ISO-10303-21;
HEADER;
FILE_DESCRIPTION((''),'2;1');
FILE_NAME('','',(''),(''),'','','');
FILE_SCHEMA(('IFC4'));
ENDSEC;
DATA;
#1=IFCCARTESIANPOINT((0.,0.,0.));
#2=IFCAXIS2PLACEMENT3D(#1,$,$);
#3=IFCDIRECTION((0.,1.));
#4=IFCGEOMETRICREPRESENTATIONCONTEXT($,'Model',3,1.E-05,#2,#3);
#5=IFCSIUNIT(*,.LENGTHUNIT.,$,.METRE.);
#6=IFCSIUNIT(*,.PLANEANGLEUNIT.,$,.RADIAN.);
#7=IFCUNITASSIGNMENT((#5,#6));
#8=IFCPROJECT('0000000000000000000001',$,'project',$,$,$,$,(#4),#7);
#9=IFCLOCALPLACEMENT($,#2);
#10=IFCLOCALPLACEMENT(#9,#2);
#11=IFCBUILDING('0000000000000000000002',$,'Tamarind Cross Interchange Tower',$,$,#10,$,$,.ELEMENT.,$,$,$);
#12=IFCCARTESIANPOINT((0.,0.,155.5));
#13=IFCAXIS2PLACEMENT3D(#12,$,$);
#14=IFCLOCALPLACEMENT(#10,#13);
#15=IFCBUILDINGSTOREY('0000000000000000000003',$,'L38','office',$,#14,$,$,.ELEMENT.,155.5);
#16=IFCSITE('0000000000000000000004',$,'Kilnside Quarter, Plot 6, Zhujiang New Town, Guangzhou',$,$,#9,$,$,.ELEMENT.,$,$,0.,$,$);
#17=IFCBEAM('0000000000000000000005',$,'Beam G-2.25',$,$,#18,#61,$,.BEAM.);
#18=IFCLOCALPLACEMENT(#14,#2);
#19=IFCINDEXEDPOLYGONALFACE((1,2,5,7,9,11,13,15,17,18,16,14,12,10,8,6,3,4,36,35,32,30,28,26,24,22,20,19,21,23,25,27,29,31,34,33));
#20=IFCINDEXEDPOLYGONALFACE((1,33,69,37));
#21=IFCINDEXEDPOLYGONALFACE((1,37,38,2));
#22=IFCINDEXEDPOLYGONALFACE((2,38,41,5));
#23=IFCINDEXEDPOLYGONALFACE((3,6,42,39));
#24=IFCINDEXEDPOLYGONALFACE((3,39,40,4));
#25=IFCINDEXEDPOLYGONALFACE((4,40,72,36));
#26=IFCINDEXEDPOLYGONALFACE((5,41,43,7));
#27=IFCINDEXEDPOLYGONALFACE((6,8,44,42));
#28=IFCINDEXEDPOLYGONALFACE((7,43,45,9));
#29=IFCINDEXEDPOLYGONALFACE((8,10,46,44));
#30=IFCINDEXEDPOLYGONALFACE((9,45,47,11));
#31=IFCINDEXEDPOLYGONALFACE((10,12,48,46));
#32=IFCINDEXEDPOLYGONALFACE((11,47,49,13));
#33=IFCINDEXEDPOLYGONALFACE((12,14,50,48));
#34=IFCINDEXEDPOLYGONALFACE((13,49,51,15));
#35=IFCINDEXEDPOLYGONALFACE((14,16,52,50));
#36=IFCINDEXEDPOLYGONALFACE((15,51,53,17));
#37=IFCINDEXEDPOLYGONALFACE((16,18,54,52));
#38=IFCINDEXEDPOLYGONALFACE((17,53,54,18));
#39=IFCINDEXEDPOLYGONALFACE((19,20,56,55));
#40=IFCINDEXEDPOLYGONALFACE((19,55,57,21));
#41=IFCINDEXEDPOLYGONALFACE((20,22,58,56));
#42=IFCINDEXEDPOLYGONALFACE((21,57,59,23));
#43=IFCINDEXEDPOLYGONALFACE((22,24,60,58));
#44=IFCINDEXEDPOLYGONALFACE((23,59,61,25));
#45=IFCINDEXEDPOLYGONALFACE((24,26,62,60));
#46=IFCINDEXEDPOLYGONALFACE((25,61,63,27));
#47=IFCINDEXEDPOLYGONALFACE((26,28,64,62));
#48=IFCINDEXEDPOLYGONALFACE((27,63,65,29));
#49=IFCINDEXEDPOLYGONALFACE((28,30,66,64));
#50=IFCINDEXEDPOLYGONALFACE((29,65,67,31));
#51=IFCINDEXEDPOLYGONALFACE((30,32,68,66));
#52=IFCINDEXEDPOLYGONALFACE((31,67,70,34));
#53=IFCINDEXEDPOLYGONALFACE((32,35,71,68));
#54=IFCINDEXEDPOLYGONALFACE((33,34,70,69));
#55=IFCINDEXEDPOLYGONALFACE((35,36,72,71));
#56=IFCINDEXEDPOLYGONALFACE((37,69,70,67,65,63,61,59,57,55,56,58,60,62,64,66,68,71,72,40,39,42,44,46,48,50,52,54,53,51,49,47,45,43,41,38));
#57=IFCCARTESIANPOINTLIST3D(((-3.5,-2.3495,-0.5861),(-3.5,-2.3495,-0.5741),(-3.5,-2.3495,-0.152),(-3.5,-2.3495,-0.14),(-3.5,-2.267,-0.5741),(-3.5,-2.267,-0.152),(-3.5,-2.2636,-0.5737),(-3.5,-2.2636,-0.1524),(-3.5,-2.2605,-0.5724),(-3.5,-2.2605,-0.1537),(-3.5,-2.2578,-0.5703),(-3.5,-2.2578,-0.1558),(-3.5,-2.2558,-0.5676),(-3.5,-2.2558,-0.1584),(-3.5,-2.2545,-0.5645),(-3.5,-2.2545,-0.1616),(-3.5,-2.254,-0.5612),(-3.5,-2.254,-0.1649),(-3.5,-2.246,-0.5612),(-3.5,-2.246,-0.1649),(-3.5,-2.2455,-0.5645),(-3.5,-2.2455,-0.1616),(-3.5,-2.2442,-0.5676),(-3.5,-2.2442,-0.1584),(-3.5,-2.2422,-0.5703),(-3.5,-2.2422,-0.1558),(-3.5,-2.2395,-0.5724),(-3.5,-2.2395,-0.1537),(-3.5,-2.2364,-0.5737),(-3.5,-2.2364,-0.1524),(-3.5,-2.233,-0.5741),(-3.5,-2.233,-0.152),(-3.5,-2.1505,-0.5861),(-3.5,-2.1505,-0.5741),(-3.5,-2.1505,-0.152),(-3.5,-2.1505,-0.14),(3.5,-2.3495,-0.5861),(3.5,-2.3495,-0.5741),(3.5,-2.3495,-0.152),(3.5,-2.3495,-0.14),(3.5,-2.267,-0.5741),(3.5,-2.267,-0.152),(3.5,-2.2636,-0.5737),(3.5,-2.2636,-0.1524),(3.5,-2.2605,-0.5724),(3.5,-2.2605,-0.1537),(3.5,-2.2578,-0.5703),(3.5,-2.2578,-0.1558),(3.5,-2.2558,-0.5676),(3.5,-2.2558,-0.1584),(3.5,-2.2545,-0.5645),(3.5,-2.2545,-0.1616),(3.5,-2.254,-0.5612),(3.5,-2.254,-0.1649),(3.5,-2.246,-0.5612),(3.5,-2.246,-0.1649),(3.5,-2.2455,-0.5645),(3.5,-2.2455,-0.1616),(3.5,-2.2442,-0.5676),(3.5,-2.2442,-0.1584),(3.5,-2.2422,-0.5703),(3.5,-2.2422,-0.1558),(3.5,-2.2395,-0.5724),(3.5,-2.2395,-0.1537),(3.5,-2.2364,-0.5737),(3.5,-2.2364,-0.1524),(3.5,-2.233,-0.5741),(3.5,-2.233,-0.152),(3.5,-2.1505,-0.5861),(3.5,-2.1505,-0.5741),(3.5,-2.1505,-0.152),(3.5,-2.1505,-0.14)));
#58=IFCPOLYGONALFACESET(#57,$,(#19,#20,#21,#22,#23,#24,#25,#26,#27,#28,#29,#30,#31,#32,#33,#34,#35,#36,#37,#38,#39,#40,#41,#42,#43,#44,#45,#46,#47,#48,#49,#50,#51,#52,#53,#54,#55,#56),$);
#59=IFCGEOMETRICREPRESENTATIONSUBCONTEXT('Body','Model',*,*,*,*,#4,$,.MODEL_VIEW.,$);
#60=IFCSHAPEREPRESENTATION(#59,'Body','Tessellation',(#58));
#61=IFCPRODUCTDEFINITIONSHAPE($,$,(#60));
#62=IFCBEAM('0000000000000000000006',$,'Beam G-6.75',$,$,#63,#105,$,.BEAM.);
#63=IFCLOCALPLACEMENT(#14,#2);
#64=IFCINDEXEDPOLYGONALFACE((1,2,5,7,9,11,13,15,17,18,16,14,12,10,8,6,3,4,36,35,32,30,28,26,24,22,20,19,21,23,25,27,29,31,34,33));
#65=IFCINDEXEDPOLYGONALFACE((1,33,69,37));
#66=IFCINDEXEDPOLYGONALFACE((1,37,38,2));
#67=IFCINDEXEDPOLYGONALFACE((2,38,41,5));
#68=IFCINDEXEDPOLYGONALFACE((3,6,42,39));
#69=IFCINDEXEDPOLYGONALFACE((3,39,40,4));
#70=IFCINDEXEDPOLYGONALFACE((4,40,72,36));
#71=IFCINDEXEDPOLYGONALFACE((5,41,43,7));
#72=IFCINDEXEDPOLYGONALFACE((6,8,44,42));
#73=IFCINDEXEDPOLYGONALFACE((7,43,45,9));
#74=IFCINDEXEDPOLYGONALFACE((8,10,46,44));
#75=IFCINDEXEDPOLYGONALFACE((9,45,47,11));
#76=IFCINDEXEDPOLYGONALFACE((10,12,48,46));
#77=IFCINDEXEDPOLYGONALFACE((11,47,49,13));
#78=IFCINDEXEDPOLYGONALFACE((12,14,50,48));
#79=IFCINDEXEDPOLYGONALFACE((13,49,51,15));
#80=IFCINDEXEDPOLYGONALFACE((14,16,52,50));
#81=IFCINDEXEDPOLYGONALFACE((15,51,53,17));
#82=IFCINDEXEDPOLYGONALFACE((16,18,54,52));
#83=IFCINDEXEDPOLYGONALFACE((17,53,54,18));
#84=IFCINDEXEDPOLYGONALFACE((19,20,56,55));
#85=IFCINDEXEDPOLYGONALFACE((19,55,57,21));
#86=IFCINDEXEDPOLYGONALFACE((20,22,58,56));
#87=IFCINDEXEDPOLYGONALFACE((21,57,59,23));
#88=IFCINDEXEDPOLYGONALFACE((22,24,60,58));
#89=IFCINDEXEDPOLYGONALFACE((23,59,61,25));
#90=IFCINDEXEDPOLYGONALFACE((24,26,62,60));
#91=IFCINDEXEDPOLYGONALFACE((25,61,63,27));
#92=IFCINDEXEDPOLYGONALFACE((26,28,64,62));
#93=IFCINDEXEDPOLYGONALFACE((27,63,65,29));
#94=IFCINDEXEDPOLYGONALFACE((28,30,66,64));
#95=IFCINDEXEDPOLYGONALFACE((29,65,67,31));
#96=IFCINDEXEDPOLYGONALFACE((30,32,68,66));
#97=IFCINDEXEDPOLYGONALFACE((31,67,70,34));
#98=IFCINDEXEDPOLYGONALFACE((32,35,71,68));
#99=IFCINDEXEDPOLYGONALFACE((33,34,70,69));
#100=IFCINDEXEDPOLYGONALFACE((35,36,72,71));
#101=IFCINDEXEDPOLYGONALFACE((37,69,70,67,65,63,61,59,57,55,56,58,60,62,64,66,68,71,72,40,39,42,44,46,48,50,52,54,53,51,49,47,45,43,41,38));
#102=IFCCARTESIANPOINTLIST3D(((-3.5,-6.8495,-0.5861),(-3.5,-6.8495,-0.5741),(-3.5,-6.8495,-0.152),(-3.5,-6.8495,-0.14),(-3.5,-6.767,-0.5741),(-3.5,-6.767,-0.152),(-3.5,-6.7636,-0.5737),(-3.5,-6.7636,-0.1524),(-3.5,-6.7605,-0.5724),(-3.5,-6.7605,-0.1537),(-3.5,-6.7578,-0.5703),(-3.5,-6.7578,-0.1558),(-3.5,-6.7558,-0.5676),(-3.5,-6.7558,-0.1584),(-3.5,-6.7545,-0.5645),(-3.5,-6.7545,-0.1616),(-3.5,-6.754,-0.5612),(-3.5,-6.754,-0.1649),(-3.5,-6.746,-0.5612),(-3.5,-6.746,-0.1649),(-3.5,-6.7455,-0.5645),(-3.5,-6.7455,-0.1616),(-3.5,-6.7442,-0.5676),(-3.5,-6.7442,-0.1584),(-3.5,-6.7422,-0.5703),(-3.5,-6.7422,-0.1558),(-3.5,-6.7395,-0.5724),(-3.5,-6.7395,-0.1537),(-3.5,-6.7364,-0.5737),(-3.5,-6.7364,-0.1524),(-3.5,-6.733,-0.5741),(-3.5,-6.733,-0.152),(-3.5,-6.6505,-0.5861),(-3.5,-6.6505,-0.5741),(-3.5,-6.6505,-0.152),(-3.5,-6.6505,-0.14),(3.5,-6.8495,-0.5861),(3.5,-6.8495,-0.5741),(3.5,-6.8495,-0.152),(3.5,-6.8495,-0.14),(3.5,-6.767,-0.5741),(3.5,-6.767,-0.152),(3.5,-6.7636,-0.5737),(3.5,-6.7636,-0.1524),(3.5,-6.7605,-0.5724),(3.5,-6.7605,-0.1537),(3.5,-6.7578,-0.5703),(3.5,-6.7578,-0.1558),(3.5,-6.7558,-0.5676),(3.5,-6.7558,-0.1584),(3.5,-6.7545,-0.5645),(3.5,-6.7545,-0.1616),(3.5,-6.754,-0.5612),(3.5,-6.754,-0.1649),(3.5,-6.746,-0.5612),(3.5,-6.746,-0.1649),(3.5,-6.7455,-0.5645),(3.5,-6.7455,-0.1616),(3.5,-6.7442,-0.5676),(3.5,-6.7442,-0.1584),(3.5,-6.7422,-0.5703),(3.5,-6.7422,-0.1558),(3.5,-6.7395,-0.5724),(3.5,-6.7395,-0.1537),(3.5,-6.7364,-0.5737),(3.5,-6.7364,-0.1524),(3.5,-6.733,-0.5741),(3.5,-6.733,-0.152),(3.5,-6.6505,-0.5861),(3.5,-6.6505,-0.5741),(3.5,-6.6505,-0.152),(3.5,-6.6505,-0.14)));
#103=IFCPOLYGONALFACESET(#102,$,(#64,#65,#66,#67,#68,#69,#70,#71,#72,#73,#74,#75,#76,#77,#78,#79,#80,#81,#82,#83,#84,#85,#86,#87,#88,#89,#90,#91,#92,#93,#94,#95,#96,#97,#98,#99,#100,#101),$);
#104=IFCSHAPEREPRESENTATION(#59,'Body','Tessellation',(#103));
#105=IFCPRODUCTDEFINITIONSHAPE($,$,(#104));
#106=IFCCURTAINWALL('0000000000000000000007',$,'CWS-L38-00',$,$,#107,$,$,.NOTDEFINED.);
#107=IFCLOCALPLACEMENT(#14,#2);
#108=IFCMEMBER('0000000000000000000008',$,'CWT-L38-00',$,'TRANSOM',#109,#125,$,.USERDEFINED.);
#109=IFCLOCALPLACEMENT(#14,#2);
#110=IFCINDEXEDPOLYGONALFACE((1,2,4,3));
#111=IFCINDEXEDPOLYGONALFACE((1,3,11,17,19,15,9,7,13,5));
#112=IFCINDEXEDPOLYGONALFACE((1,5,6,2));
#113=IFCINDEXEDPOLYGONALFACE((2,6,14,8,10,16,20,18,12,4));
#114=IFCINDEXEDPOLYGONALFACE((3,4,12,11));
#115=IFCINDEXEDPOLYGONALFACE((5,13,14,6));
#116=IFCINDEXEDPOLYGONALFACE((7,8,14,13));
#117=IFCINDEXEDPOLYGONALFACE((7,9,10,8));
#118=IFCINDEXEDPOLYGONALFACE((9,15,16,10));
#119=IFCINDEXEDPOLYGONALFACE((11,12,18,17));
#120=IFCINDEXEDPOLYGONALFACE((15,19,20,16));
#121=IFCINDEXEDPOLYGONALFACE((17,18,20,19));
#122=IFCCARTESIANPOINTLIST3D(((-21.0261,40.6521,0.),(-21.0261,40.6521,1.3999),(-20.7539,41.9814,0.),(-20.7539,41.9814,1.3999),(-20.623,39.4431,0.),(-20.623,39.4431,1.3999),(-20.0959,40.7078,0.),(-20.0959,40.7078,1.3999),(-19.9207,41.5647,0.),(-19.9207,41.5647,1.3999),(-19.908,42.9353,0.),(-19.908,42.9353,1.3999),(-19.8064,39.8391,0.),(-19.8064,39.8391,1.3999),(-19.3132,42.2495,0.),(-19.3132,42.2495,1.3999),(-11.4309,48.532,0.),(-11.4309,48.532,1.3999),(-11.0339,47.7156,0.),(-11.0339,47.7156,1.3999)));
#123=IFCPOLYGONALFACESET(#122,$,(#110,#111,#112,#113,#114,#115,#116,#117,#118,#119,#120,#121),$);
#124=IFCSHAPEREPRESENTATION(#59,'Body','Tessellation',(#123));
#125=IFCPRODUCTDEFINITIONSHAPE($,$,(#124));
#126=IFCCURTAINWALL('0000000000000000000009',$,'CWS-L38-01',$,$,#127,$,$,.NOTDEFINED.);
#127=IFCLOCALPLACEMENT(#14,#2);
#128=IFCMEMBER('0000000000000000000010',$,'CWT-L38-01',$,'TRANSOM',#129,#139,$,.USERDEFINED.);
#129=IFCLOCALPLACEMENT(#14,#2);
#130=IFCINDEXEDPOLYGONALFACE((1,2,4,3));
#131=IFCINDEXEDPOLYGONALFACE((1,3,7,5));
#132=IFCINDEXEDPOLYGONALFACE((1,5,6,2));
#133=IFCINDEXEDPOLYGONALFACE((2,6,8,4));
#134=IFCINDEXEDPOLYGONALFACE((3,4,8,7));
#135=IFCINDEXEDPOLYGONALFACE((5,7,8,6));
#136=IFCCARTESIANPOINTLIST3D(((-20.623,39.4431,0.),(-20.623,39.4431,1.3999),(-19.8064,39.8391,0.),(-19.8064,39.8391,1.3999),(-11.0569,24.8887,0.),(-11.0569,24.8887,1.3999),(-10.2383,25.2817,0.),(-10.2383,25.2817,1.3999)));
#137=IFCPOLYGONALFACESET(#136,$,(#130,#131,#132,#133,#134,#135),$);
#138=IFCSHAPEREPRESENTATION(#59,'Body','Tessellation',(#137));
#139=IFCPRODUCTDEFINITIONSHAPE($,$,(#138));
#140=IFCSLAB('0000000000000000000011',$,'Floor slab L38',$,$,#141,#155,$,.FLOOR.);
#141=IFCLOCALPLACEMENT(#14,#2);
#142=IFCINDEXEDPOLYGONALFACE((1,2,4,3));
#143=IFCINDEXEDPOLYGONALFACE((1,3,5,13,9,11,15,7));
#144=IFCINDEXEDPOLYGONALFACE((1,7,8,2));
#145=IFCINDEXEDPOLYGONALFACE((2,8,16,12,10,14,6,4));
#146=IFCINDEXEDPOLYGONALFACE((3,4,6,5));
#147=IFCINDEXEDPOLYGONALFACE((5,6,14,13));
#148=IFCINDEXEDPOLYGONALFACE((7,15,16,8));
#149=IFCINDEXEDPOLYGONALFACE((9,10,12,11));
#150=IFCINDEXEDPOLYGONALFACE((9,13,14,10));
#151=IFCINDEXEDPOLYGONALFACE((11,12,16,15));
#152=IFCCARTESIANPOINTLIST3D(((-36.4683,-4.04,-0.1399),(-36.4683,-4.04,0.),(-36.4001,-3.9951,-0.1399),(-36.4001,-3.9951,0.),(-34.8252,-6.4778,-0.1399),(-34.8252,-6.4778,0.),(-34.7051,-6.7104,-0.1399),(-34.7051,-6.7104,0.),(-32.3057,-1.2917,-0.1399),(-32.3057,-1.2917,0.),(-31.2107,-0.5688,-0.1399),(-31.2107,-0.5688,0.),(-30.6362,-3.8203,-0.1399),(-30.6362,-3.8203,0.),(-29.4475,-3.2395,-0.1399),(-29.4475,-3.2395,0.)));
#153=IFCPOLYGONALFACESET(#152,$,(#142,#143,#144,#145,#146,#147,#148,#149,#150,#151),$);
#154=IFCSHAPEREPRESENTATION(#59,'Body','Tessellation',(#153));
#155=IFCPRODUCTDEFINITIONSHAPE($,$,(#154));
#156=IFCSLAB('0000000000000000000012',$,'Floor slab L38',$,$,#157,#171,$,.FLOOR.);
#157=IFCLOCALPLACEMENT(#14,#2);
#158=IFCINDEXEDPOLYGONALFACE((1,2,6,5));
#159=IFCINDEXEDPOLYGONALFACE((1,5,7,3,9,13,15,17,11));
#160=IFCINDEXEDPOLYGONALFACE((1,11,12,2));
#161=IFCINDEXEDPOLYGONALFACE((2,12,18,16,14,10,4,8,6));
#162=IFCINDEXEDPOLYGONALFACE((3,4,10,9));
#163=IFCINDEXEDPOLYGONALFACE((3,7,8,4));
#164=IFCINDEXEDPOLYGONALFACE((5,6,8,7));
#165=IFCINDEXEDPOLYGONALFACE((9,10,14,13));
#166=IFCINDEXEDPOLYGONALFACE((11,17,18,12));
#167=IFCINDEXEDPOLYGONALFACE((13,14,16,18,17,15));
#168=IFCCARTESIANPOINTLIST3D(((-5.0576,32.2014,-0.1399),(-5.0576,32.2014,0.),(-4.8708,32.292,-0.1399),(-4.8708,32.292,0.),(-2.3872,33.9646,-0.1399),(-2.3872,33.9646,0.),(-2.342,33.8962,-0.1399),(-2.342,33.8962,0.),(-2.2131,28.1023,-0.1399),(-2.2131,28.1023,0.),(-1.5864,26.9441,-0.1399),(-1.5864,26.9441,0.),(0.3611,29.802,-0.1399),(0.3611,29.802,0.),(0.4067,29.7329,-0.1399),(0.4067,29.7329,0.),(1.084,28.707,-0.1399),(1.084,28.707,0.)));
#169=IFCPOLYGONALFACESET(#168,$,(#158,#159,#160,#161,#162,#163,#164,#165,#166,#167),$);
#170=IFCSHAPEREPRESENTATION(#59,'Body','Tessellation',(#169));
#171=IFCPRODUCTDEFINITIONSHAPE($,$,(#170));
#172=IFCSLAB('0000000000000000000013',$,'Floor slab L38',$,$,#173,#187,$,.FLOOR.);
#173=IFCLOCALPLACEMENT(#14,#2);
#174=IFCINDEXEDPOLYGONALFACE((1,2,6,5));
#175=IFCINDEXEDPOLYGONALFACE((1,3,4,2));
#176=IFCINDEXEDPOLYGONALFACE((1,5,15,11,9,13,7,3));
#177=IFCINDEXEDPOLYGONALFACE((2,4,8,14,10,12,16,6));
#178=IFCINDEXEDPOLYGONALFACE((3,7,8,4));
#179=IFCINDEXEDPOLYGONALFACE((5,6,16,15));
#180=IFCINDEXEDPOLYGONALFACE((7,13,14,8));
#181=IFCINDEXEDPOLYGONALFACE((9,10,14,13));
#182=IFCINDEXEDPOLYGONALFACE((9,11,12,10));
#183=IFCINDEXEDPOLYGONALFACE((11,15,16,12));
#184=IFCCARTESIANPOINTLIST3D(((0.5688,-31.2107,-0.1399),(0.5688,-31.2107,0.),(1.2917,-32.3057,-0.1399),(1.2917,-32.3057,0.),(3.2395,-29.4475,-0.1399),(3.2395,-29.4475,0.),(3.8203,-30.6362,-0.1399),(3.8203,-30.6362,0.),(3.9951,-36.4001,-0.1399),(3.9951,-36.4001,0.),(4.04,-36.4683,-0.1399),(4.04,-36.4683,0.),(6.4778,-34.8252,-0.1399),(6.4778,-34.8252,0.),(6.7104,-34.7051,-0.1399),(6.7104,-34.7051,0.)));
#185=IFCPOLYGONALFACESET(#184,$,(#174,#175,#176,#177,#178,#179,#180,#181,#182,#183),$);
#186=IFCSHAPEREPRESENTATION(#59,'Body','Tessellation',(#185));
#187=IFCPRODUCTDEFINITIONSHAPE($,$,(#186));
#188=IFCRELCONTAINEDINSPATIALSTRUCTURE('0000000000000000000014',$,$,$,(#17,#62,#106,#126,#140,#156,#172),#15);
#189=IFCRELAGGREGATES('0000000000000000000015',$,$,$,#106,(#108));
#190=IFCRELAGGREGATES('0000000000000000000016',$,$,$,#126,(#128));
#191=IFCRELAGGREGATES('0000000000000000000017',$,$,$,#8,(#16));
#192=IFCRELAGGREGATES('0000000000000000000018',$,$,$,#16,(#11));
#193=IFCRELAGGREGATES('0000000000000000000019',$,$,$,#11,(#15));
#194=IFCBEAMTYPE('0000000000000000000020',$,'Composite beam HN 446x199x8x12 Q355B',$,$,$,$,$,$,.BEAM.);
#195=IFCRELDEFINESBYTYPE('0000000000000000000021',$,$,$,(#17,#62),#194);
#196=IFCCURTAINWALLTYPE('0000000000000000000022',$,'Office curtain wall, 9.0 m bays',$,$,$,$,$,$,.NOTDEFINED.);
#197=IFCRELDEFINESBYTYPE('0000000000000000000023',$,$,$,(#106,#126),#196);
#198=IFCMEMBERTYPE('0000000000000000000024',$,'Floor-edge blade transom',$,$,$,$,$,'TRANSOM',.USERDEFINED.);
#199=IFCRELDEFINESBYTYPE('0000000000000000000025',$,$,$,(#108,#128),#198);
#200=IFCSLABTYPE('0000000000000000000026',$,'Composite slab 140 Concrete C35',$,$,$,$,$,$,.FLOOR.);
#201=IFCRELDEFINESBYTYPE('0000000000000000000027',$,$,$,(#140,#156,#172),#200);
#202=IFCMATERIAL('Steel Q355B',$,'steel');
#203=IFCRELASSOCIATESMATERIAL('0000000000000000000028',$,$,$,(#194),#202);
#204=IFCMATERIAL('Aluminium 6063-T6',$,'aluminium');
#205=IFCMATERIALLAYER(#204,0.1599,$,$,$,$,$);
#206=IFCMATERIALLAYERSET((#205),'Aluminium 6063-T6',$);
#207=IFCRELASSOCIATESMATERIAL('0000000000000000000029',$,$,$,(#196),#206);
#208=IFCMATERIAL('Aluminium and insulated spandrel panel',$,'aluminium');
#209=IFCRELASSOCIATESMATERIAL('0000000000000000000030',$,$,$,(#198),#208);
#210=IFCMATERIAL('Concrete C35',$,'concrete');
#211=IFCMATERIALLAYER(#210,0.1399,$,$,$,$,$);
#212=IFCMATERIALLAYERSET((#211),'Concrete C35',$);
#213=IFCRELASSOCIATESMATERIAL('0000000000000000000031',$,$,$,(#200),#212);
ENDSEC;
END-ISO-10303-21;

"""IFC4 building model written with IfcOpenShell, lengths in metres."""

from ifc_helpers import new_model, si_unit, direction, frame, origin, origin_2d, place, context, subcontext, project, spatial, polyline, i_section, outline, extrude, material, layer, layer_set, material_profile, profile_set, type_object, element, aggregate, save


model = new_model("IFC4")

# Units and contexts
model_context = context("Model", 3, precision=1e-05, world=origin(), true_north=direction((0.0, 1.0)))
body_context = subcontext(model_context, "Body", "Model", "MODEL_VIEW")
ifc_project = project(units=[si_unit("LENGTHUNIT", "METRE"), si_unit("PLANEANGLEUNIT", "RADIAN")], contexts=[model_context])

# Site, building, storey
site_placement = place(None, origin())
site = spatial("IfcSite", under=ifc_project, at=site_placement, Name="Kilnside Quarter, Plot 6, Zhujiang New Town, Guangzhou", CompositionType="ELEMENT", RefElevation=0.0)
building_placement = place(site_placement, origin())
building = spatial("IfcBuilding", under=site, at=building_placement, Name="Tamarind Cross Interchange Tower", CompositionType="ELEMENT")
storey_placement = place(building_placement, frame((0.0, 0.0, 155.5)))
storey = spatial("IfcBuildingStorey", under=building, at=storey_placement, Name="L38", Description="office", CompositionType="ELEMENT", Elevation=155.5)

# Beams
ifc_material_1 = material(Name="Steel Q355B", Category="steel")
ifc_material_profile = material_profile(ifc_material_1, i_section(OverallWidth=0.199, OverallDepth=0.446, WebThickness=0.0081, FlangeThickness=0.012, FilletRadius=0.0129, at=origin_2d()), Name="HN 446x199x8x12")
ifc_profile_set = profile_set([ifc_material_profile], Name="Steel Q355B")
beam_type = type_object("IfcBeamType", Name="Composite beam HN 446x199x8x12 Q355B", PredefinedType="BEAM", material=ifc_profile_set)
for number, where, z_axis, x_axis, name in (
    (1, (-3.5, -2.25, -0.363), (1.0, 0.0, 0.0), (0.0, 1.0, 0.0), "Beam G-2.25"),
    (2, (-3.5, -6.75, -0.363), (1.0, 0.0, 0.0), (0.0, 1.0, 0.0), "Beam G-6.75"),
):
    element("IfcBeam", number, at=place(storey_placement, frame(where, z_axis=z_axis, x_axis=x_axis)), inside=storey, type_object=beam_type, Name=name, PredefinedType="BEAM", context=body_context, shape_type="SweptSolid", body=[
        extrude(i_section(OverallWidth=0.199, OverallDepth=0.446, WebThickness=0.0081, FlangeThickness=0.012, FilletRadius=0.0129, at=origin_2d()), origin(), (0.0, 0.0, 1.0), 7.0),
    ])

# Curtain walls, members
ifc_material_2 = material(Name="Aluminium 6063-T6", Category="aluminium")
ifc_layer_1 = layer(ifc_material_2, 0.1599)
ifc_layer_set_1 = layer_set([ifc_layer_1], Name="Aluminium 6063-T6")
curtain_wall_type = type_object("IfcCurtainWallType", Name="Office curtain wall, 9.0 m bays", PredefinedType="NOTDEFINED", material=ifc_layer_set_1)
curtain_wall_1_placement = place(storey_placement, origin())
curtain_wall_1 = element("IfcCurtainWall", 3, at=curtain_wall_1_placement, inside=storey, type_object=curtain_wall_type, Name="CWS-L38-00", PredefinedType="NOTDEFINED")
ifc_material_3 = material(Name="Aluminium and insulated spandrel panel", Category="aluminium")
member_type = type_object("IfcMemberType", Name="Floor-edge blade transom", ElementType="TRANSOM", PredefinedType="USERDEFINED", material=ifc_material_3)
member_1_placement = place(storey_placement, origin())
member_1 = element("IfcMember", 4, at=member_1_placement, type_object=member_type, Name="CWT-L38-00", ObjectType="TRANSOM", PredefinedType="USERDEFINED", context=body_context, shape_type="SweptSolid", body=[
    extrude(outline(polyline([(-11.0339, 47.7156), (-19.3132, 42.2495), (-19.9207, 41.5647), (-20.0959, 40.7078), (-19.8064, 39.8391), (-20.623, 39.4431), (-21.0261, 40.6521), (-20.7539, 41.9814), (-19.908, 42.9353), (-11.4309, 48.532), (-11.0339, 47.7156)])), origin(), (0.0, 0.0, 1.0), 1.3999),
])
curtain_wall_2_placement = place(storey_placement, origin())
curtain_wall_2 = element("IfcCurtainWall", 5, at=curtain_wall_2_placement, inside=storey, type_object=curtain_wall_type, Name="CWS-L38-01", PredefinedType="NOTDEFINED")
member_2_placement = place(storey_placement, origin())
member_2 = element("IfcMember", 6, at=member_2_placement, type_object=member_type, Name="CWT-L38-01", ObjectType="TRANSOM", PredefinedType="USERDEFINED", context=body_context, shape_type="SweptSolid", body=[
    extrude(outline(polyline([(-19.8064, 39.8391), (-10.2383, 25.2817), (-11.0569, 24.8887), (-20.623, 39.4431), (-19.8064, 39.8391)])), origin(), (0.0, 0.0, 1.0), 1.3999),
])

# Slabs
ifc_material_4 = material(Name="Concrete C35", Category="concrete")
ifc_layer_2 = layer(ifc_material_4, 0.1399)
ifc_layer_set_2 = layer_set([ifc_layer_2], Name="Concrete C35")
slab_type = type_object("IfcSlabType", Name="Composite slab 140 Concrete C35", PredefinedType="FLOOR", material=ifc_layer_set_2)
slab_1_placement = place(storey_placement, frame((0.0, 0.0, -0.1399)))
element("IfcSlab", 7, at=slab_1_placement, inside=storey, type_object=slab_type, Name="Floor slab L38", PredefinedType="FLOOR", context=body_context, shape_type="SweptSolid", body=[
    extrude(outline(polyline([(-36.4683, -4.04), (-34.7051, -6.7104), (-29.4475, -3.2395), (-31.2107, -0.5688), (-32.3057, -1.2917), (-30.6362, -3.8203), (-34.8252, -6.4778), (-36.4001, -3.9951), (-36.4683, -4.04)])), origin(), (0.0, 0.0, 1.0), 0.1399),
])
slab_2_placement = place(storey_placement, frame((0.0, 0.0, -0.1399)))
element("IfcSlab", 8, at=slab_2_placement, inside=storey, type_object=slab_type, Name="Floor slab L38", PredefinedType="FLOOR", context=body_context, shape_type="SweptSolid", body=[
    extrude(outline(polyline([(-2.3872, 33.9646), (-5.0576, 32.2014), (-1.5864, 26.9441), (1.084, 28.707), (0.4067, 29.7329), (0.3611, 29.802), (-2.2131, 28.1023), (-4.8708, 32.292), (-2.342, 33.8962), (-2.3872, 33.9646)])), origin(), (0.0, 0.0, 1.0), 0.1399),
])
slab_3_placement = place(storey_placement, frame((0.0, 0.0, -0.1399)))
element("IfcSlab", 9, at=slab_3_placement, inside=storey, type_object=slab_type, Name="Floor slab L38", PredefinedType="FLOOR", context=body_context, shape_type="SweptSolid", body=[
    extrude(outline(polyline([(3.2395, -29.4475), (0.5688, -31.2107), (1.2917, -32.3057), (3.8203, -30.6362), (6.4778, -34.8252), (3.9951, -36.4001), (4.04, -36.4683), (6.7104, -34.7051), (3.2395, -29.4475)])), origin(), (0.0, 0.0, 1.0), 0.1399),
])

aggregate(curtain_wall_1, [member_1])
aggregate(curtain_wall_2, [member_2])

save(model, "model.ifc")
